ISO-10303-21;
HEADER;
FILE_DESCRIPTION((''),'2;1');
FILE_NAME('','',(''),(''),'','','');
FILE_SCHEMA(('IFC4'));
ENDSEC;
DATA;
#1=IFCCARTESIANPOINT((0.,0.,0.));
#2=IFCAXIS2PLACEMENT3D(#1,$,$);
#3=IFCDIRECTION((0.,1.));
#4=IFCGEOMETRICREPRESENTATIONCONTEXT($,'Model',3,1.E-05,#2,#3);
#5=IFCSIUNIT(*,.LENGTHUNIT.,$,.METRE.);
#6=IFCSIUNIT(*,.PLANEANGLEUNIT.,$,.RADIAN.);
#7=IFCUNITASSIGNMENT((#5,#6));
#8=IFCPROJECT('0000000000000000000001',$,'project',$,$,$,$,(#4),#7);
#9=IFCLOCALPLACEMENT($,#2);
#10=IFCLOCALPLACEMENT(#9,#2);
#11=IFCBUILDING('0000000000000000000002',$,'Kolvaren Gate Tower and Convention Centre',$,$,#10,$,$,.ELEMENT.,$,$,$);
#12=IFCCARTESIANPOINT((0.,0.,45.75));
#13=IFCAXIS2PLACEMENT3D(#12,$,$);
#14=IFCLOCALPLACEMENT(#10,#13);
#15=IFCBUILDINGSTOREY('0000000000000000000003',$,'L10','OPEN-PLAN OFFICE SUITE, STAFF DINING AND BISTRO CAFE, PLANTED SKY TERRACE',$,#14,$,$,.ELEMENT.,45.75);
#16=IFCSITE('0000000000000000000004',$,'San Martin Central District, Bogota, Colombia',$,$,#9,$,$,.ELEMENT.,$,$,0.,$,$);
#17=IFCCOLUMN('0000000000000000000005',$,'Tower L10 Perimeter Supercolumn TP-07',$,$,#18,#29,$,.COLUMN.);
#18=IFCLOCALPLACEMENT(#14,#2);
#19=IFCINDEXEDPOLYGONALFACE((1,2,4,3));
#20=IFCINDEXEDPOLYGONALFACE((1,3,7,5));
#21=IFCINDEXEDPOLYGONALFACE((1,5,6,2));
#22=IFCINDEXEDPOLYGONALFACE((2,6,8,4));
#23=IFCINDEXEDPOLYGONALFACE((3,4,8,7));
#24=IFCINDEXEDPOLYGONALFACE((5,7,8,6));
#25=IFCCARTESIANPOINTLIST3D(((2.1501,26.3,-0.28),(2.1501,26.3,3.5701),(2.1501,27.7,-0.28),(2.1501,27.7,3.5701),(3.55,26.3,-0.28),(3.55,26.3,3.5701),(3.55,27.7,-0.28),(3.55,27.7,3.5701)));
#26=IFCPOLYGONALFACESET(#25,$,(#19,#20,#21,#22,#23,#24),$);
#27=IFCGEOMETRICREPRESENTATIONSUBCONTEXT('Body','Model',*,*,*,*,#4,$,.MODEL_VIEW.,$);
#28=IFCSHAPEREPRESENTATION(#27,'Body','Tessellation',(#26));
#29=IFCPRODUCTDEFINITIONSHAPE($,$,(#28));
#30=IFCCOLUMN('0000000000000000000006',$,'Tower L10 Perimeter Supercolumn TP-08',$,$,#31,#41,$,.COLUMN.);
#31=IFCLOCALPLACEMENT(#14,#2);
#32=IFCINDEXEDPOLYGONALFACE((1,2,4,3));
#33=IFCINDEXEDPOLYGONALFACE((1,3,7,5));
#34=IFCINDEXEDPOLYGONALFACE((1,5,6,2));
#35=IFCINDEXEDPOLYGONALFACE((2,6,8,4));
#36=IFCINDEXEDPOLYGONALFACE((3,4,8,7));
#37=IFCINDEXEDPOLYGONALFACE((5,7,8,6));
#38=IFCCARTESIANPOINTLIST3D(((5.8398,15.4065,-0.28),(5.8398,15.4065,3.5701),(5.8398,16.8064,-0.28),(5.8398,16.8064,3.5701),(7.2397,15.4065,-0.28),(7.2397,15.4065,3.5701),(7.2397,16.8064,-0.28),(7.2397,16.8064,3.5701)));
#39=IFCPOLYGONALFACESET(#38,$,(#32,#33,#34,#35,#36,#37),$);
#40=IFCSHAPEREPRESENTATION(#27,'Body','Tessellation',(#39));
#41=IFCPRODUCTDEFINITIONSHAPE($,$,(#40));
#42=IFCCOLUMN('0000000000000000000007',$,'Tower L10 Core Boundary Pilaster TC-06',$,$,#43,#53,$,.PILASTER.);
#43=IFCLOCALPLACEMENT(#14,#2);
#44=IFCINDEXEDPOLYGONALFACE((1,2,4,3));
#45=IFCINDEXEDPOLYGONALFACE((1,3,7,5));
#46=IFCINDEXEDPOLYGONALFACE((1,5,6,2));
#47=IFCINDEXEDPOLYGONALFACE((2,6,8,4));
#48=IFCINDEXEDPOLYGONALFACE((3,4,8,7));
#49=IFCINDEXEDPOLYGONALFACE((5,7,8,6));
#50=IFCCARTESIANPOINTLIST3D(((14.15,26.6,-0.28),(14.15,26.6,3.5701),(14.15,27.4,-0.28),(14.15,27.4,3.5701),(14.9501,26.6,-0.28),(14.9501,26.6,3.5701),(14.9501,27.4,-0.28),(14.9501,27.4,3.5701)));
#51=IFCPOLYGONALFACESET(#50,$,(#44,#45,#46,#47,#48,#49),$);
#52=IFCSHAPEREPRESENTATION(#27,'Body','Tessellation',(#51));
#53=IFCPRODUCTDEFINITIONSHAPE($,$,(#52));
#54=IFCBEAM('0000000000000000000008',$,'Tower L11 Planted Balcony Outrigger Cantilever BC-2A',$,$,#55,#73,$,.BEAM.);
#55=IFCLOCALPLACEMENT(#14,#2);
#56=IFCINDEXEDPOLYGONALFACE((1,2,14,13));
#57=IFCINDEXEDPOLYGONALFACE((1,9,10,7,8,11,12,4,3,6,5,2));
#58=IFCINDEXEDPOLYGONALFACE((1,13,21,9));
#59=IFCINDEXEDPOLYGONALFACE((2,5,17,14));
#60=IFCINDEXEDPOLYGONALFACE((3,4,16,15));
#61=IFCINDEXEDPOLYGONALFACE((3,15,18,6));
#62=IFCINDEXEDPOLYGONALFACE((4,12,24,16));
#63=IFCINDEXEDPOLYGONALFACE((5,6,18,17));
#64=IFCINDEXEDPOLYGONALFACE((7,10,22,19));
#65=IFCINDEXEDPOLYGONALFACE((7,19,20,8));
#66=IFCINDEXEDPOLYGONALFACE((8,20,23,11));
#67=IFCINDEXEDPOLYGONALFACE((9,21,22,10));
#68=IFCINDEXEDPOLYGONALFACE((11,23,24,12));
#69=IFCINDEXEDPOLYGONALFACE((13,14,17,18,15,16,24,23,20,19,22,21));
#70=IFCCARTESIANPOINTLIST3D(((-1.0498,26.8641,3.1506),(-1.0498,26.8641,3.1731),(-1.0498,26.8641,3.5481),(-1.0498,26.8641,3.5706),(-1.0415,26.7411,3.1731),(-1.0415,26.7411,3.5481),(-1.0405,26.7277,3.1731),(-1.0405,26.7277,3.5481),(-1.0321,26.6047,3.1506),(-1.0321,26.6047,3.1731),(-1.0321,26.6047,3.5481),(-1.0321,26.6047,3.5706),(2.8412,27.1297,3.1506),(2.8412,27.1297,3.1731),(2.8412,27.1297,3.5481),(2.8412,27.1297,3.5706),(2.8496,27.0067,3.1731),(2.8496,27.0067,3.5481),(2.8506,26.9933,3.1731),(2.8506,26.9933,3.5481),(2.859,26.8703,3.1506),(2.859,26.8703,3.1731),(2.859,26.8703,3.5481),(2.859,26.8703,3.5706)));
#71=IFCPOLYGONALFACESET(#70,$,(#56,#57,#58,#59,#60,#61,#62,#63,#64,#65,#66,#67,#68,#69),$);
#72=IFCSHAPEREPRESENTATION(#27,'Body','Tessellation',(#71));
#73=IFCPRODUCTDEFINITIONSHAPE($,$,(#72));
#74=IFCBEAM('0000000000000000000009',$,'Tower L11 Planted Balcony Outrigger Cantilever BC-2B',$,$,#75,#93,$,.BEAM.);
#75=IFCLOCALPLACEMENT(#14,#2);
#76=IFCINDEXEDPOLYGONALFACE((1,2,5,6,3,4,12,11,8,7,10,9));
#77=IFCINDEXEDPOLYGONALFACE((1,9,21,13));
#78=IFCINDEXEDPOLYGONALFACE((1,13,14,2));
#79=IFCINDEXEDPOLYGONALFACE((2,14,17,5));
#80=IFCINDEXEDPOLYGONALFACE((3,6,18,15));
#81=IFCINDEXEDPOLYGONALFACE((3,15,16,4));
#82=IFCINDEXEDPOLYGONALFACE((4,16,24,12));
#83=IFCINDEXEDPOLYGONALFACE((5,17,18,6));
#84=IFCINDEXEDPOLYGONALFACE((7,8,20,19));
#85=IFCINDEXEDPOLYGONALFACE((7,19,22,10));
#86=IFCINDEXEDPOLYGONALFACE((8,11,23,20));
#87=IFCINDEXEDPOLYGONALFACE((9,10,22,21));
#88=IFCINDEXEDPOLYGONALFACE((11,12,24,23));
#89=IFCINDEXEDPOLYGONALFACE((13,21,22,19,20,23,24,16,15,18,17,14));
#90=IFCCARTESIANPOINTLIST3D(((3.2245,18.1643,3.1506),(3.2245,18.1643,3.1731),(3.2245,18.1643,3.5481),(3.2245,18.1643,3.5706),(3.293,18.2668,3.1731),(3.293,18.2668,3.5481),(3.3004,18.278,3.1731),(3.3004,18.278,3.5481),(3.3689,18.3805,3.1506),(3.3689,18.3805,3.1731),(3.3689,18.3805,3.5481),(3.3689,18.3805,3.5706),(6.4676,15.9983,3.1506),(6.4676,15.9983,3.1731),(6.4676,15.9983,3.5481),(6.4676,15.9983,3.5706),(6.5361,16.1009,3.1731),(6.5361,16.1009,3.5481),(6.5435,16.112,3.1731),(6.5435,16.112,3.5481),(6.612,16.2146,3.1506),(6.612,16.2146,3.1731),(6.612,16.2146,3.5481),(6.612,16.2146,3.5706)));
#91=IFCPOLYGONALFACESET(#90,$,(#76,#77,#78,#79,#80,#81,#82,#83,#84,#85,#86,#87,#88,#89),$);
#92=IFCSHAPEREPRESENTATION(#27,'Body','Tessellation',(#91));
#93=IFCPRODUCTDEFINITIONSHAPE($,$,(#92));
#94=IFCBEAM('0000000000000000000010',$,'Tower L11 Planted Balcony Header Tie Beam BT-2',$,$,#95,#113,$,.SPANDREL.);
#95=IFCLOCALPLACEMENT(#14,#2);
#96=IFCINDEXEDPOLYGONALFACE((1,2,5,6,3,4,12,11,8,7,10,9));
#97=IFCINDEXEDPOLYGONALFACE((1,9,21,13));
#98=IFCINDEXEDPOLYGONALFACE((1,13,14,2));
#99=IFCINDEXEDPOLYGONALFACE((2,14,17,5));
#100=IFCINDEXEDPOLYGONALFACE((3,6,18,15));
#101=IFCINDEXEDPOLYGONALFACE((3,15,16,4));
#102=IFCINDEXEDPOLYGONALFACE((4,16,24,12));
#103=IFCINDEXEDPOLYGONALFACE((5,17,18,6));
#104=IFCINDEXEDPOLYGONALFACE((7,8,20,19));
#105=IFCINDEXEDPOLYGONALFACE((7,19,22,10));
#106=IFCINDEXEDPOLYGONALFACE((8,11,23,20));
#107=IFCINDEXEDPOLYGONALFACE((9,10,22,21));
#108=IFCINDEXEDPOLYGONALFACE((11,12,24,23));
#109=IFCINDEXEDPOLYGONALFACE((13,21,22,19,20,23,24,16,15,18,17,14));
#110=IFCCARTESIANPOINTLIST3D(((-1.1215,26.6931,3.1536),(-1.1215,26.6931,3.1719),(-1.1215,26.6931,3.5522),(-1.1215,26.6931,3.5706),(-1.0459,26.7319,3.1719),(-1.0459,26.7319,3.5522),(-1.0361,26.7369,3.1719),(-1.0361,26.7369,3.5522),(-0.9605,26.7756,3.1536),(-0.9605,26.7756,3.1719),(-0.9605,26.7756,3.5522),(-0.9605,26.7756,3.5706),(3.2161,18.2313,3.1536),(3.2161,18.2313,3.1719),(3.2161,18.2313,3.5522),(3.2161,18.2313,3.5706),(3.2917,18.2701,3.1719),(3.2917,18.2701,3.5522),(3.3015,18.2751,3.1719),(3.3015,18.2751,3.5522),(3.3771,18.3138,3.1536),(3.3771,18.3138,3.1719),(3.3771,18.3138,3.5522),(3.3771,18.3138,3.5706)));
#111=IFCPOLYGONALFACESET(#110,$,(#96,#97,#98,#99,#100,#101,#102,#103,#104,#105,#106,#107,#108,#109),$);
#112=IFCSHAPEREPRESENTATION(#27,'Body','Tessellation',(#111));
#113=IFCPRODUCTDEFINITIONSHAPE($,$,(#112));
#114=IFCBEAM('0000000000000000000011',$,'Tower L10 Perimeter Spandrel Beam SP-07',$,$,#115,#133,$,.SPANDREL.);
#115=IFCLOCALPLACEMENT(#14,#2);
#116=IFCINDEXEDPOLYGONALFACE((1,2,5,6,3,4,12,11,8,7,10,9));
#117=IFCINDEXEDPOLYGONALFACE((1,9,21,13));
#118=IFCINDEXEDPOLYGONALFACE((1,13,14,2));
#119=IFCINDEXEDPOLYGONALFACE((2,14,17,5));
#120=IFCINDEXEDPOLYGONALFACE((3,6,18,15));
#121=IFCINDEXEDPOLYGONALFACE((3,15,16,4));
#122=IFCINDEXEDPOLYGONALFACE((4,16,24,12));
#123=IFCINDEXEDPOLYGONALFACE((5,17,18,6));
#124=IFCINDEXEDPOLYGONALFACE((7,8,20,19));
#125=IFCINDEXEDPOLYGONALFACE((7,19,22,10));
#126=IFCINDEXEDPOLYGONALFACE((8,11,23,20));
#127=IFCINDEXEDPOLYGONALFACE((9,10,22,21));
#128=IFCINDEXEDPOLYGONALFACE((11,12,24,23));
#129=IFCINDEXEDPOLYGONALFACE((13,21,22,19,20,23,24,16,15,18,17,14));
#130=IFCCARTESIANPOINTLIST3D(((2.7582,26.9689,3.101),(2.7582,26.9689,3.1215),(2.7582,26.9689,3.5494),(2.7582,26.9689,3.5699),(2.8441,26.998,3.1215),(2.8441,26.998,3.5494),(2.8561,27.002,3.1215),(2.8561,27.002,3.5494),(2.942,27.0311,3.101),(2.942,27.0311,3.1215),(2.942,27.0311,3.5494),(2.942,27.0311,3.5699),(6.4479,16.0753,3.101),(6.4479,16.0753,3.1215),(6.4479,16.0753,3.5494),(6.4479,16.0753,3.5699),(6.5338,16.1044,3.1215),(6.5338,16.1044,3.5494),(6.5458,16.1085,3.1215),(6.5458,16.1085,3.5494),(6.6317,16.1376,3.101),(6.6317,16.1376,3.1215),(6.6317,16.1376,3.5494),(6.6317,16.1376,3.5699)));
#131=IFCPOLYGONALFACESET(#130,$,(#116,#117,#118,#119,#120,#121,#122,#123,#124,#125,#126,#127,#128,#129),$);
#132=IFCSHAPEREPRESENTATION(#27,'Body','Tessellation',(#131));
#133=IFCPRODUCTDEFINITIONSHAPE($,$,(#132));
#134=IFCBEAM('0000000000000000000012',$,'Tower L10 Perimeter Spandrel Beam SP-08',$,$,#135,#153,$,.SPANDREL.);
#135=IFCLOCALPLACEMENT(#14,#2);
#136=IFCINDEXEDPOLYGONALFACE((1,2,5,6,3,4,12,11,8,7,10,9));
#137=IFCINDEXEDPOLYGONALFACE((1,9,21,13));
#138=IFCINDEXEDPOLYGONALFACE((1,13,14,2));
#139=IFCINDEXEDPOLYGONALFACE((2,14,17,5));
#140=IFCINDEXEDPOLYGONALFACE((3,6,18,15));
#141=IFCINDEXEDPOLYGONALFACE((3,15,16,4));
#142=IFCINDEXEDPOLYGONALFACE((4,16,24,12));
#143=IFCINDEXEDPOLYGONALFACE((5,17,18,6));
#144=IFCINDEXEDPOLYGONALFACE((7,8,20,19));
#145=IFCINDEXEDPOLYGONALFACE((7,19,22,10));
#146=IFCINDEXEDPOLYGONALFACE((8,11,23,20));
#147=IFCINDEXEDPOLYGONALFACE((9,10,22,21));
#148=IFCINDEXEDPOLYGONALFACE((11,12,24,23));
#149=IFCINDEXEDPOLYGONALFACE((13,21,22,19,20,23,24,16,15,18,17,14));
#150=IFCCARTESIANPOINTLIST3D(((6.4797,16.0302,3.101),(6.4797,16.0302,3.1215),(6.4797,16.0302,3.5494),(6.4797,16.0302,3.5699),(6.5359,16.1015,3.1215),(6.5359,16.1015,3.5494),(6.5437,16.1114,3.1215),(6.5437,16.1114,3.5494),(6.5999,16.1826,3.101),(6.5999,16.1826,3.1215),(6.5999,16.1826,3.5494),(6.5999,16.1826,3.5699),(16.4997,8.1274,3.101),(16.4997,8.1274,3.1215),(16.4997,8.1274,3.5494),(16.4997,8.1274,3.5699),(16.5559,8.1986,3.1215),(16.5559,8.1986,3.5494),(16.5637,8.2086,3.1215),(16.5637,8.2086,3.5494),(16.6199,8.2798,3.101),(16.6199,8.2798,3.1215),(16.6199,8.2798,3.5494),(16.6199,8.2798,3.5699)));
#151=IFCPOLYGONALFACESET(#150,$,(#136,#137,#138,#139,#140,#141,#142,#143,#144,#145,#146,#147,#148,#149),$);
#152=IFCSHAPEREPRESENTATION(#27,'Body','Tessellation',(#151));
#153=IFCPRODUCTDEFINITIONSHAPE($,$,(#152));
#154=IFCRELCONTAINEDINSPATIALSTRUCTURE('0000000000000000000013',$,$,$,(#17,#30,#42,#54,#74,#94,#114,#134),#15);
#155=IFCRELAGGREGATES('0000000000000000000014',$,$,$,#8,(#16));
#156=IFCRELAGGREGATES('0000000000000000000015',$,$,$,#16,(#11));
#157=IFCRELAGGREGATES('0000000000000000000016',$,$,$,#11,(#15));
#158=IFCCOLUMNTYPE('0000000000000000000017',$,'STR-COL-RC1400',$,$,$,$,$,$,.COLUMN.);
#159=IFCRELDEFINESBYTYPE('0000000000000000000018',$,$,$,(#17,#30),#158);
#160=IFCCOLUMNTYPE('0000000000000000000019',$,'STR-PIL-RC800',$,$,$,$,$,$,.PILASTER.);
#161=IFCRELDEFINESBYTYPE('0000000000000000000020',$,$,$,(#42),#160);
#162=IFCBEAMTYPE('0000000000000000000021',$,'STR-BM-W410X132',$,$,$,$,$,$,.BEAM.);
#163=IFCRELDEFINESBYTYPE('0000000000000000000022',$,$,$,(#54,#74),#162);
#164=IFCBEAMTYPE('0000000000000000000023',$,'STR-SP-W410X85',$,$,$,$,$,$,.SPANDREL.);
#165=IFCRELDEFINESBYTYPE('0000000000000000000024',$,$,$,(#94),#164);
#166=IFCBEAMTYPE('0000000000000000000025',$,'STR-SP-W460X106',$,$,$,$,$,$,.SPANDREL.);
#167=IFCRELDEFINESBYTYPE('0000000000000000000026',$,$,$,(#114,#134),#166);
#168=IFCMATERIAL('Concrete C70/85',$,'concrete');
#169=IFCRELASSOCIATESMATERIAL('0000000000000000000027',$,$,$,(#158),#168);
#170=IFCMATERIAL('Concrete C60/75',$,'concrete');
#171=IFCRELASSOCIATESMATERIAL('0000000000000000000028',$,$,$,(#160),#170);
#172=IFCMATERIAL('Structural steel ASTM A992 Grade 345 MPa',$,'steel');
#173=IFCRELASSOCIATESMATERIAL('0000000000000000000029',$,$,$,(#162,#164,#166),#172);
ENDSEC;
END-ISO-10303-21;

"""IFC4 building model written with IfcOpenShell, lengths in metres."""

from ifc_helpers import new_model, si_unit, direction, frame, origin, origin_2d, place, context, subcontext, project, spatial, rectangle, i_section, extrude, material, material_profile, profile_set, type_object, element, save


model = new_model("IFC4")

# Units and contexts
model_context = context("Model", 3, precision=1e-05, world=origin(), true_north=direction((0.0, 1.0)))
body_context = subcontext(model_context, "Body", "Model", "MODEL_VIEW")
ifc_project = project(units=[si_unit("LENGTHUNIT", "METRE"), si_unit("PLANEANGLEUNIT", "RADIAN")], contexts=[model_context])

# Site, building, storey
site_placement = place(None, origin())
site = spatial("IfcSite", under=ifc_project, at=site_placement, Name="San Martin Central District, Bogota, Colombia", CompositionType="ELEMENT", RefElevation=0.0)
building_placement = place(site_placement, origin())
building = spatial("IfcBuilding", under=site, at=building_placement, Name="Kolvaren Gate Tower and Convention Centre", CompositionType="ELEMENT")
storey_placement = place(building_placement, frame((0.0, 0.0, 45.75)))
storey = spatial("IfcBuildingStorey", under=building, at=storey_placement, Name="L10", Description="OPEN-PLAN OFFICE SUITE, STAFF DINING AND BISTRO CAFE, PLANTED SKY TERRACE", CompositionType="ELEMENT", Elevation=45.75)

# Columns
ifc_material_1 = material(Name="Concrete C70/85", Category="concrete")
ifc_material_profile_1 = material_profile(ifc_material_1, rectangle(XDim=1.3999, YDim=1.3999, at=origin_2d()), Name="RC-COL-1400X1400")
ifc_profile_set_1 = profile_set([ifc_material_profile_1], Name="Concrete C70/85")
column_type_1 = type_object("IfcColumnType", Name="STR-COL-RC1400", PredefinedType="COLUMN", material=ifc_profile_set_1)
for number, where, z_axis, x_axis, name in (
    (1, (2.8501, 27.0, -0.28), (0.0, 0.0, 1.0), (1.0, 0.0, 0.0), "Tower L10 Perimeter Supercolumn TP-07"),
    (2, (6.5398, 16.1064, -0.28), (0.0, 0.0, 1.0), (1.0, 0.0, 0.0), "Tower L10 Perimeter Supercolumn TP-08"),
):
    element("IfcColumn", number, at=place(storey_placement, frame(where, z_axis=z_axis, x_axis=x_axis)), inside=storey, type_object=column_type_1, Name=name, PredefinedType="COLUMN", context=body_context, shape_type="SweptSolid", body=[
        extrude(rectangle(XDim=1.3999, YDim=1.3999, at=origin_2d()), origin(), (0.0, 0.0, 1.0), 3.8501),
    ])
ifc_material_2 = material(Name="Concrete C60/75", Category="concrete")
ifc_material_profile_2 = material_profile(ifc_material_2, rectangle(XDim=0.8, YDim=0.8, at=origin_2d()), Name="RC-COL-800X800")
ifc_profile_set_2 = profile_set([ifc_material_profile_2], Name="Concrete C60/75")
column_type_2 = type_object("IfcColumnType", Name="STR-PIL-RC800", PredefinedType="PILASTER", material=ifc_profile_set_2)
column_placement = place(storey_placement, frame((14.55, 27.0, -0.28), z_axis=(0.0, 0.0, 1.0), x_axis=(1.0, 0.0, 0.0)))
element("IfcColumn", 3, at=column_placement, inside=storey, type_object=column_type_2, Name="Tower L10 Core Boundary Pilaster TC-06", PredefinedType="PILASTER", context=body_context, shape_type="SweptSolid", body=[
    extrude(rectangle(XDim=0.8, YDim=0.8, at=origin_2d()), origin(), (0.0, 0.0, 1.0), 3.8501),
])

# Beams
ifc_material_3 = material(Name="Structural steel ASTM A992 Grade 345 MPa", Category="steel")
ifc_material_profile_3 = material_profile(ifc_material_3, i_section(OverallWidth=0.26, OverallDepth=0.4199, WebThickness=0.0134, FlangeThickness=0.0225, at=origin_2d()), Name="W410X132")
ifc_profile_set_3 = profile_set([ifc_material_profile_3], Name="Structural steel ASTM A992 Grade 345 MPa")
beam_type_1 = type_object("IfcBeamType", Name="STR-BM-W410X132", PredefinedType="BEAM", material=ifc_profile_set_3)
beam_1_placement = place(storey_placement, frame((2.8501, 27.0, 3.3606), z_axis=(-0.997678, -0.068106, 0.0), x_axis=(0.068106, -0.997678, 0.0)))
element("IfcBeam", 4, at=beam_1_placement, inside=storey, type_object=beam_type_1, Name="Tower L11 Planted Balcony Outrigger Cantilever BC-2A", PredefinedType="BEAM", context=body_context, shape_type="SweptSolid", body=[
    extrude(i_section(OverallWidth=0.26, OverallDepth=0.4199, WebThickness=0.0134, FlangeThickness=0.0225, at=origin_2d()), origin(), (0.0, 0.0, 1.0), 3.9001),
])
beam_2_placement = place(storey_placement, frame((6.5398, 16.1064, 3.3606), z_axis=(-0.831588, 0.555393, 0.0), x_axis=(-0.555393, -0.831588, 0.0)))
element("IfcBeam", 5, at=beam_2_placement, inside=storey, type_object=beam_type_1, Name="Tower L11 Planted Balcony Outrigger Cantilever BC-2B", PredefinedType="BEAM", context=body_context, shape_type="SweptSolid", body=[
    extrude(i_section(OverallWidth=0.26, OverallDepth=0.4199, WebThickness=0.0134, FlangeThickness=0.0225, at=origin_2d()), origin(), (0.0, 0.0, 1.0), 3.8999),
])
ifc_material_profile_4 = material_profile(ifc_material_3, i_section(OverallWidth=0.1809, OverallDepth=0.417, WebThickness=0.011, FlangeThickness=0.0183, at=origin_2d()), Name="W410X85")
ifc_profile_set_4 = profile_set([ifc_material_profile_4], Name="Structural steel ASTM A992 Grade 345 MPa")
beam_type_2 = type_object("IfcBeamType", Name="STR-SP-W410X85", PredefinedType="SPANDREL", material=ifc_profile_set_4)
beam_3_placement = place(storey_placement, frame((-1.041, 26.7344, 3.3621), z_axis=(0.456167, -0.889894, 0.0), x_axis=(0.889894, 0.456167, 0.0)))
element("IfcBeam", 6, at=beam_3_placement, inside=storey, type_object=beam_type_2, Name="Tower L11 Planted Balcony Header Tie Beam BT-2", PredefinedType="SPANDREL", context=body_context, shape_type="SweptSolid", body=[
    extrude(i_section(OverallWidth=0.1809, OverallDepth=0.417, WebThickness=0.011, FlangeThickness=0.0183, at=origin_2d()), origin(), (0.0, 0.0, 1.0), 9.5088),
])
ifc_material_profile_5 = material_profile(ifc_material_3, i_section(OverallWidth=0.1941, OverallDepth=0.469, WebThickness=0.0127, FlangeThickness=0.0205, at=origin_2d()), Name="W460X106")
ifc_profile_set_5 = profile_set([ifc_material_profile_5], Name="Structural steel ASTM A992 Grade 345 MPa")
beam_type_3 = type_object("IfcBeamType", Name="STR-SP-W460X106", PredefinedType="SPANDREL", material=ifc_profile_set_5)
beam_4_placement = place(storey_placement, frame((2.8501, 27.0, 3.3354), z_axis=(0.320803, -0.947146, 0.0), x_axis=(0.947146, 0.320803, 0.0)))
element("IfcBeam", 7, at=beam_4_placement, inside=storey, type_object=beam_type_3, Name="Tower L10 Perimeter Spandrel Beam SP-07", PredefinedType="SPANDREL", context=body_context, shape_type="SweptSolid", body=[
    extrude(i_section(OverallWidth=0.1941, OverallDepth=0.469, WebThickness=0.0127, FlangeThickness=0.0205, at=origin_2d()), origin(), (0.0, 0.0, 1.0), 11.5015),
])
beam_5_placement = place(storey_placement, frame((6.5398, 16.1064, 3.3354), z_axis=(0.785176, -0.619272, 0.0), x_axis=(0.619272, 0.785176, 0.0)))
element("IfcBeam", 8, at=beam_5_placement, inside=storey, type_object=beam_type_3, Name="Tower L10 Perimeter Spandrel Beam SP-08", PredefinedType="SPANDREL", context=body_context, shape_type="SweptSolid", body=[
    extrude(i_section(OverallWidth=0.1941, OverallDepth=0.469, WebThickness=0.0127, FlangeThickness=0.0205, at=origin_2d()), origin(), (0.0, 0.0, 1.0), 12.7615),
])

save(model, "model.ifc")
